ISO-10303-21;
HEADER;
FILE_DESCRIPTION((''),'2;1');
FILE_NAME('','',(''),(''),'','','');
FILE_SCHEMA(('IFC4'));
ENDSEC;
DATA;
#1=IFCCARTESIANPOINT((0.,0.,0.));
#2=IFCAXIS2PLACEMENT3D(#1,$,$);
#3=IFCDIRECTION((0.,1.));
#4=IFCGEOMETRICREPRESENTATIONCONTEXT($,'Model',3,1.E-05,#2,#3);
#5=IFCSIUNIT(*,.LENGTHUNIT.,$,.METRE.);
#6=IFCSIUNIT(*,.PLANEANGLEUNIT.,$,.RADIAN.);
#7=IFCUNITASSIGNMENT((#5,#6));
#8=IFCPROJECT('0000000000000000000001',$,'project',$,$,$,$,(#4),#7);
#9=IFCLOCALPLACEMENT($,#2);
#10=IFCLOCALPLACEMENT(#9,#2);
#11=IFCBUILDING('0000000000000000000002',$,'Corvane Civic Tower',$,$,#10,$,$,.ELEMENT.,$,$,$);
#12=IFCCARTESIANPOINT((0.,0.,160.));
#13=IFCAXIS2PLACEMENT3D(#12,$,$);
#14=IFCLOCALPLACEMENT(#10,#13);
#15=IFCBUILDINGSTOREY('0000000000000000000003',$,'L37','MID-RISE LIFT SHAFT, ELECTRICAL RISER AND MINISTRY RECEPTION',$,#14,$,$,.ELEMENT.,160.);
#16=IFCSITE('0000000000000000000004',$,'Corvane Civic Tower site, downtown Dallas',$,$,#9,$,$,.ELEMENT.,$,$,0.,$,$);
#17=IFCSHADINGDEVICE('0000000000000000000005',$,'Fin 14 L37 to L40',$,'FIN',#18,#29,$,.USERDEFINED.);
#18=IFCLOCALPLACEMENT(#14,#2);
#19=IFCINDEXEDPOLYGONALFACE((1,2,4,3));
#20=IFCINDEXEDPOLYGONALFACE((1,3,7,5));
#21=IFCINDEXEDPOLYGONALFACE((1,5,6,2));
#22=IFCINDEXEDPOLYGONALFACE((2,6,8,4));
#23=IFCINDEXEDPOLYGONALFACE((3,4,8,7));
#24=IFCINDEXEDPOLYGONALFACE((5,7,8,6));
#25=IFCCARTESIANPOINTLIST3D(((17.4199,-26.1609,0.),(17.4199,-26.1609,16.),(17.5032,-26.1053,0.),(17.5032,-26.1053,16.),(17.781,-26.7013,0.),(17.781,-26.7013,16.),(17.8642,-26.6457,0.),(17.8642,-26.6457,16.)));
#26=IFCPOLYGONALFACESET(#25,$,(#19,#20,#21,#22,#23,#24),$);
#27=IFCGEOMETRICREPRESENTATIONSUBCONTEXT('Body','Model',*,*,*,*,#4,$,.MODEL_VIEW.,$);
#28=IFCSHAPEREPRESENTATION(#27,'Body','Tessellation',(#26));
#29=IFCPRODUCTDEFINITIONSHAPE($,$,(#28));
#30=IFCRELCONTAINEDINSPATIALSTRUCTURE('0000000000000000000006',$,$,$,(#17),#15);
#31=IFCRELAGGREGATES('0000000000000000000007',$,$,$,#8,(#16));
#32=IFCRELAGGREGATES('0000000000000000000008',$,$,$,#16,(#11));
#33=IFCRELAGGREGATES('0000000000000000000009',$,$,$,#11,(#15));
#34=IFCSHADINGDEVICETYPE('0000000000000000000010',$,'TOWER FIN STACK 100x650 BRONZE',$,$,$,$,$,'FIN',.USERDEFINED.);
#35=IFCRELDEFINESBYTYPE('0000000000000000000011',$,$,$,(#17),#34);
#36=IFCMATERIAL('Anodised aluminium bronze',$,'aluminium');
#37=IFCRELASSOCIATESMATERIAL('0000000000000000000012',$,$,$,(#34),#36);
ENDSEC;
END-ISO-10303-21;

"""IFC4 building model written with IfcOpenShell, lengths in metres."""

from ifc_helpers import new_model, si_unit, direction, frame, origin, origin_2d, place, context, subcontext, project, spatial, rectangle, extrude, material, material_profile, profile_set, type_object, element, save


model = new_model("IFC4")

# Units and contexts
model_context = context("Model", 3, precision=1e-05, world=origin(), true_north=direction((0.0, 1.0)))
body_context = subcontext(model_context, "Body", "Model", "MODEL_VIEW")
ifc_project = project(units=[si_unit("LENGTHUNIT", "METRE"), si_unit("PLANEANGLEUNIT", "RADIAN")], contexts=[model_context])

# Site, building, storey
site_placement = place(None, origin())
site = spatial("IfcSite", under=ifc_project, at=site_placement, Name="Corvane Civic Tower site, downtown Dallas", CompositionType="ELEMENT", RefElevation=0.0)
building_placement = place(site_placement, origin())
building = spatial("IfcBuilding", under=site, at=building_placement, Name="Corvane Civic Tower", CompositionType="ELEMENT")
storey_placement = place(building_placement, frame((0.0, 0.0, 160.0)))
storey = spatial("IfcBuildingStorey", under=building, at=storey_placement, Name="L37", Description="MID-RISE LIFT SHAFT, ELECTRICAL RISER AND MINISTRY RECEPTION", CompositionType="ELEMENT", Elevation=160.0)

# Shading device
ifc_material_1 = material(Name="Anodised aluminium bronze", Category="aluminium")
ifc_material_profile_1 = material_profile(ifc_material_1, rectangle(XDim=0.1001, YDim=0.6499, at=origin_2d()), Name="TOWER FIN STACK 100x650 BRONZE")
ifc_profile_set_1 = profile_set([ifc_material_profile_1], Name="Anodised aluminium bronze")
shading_device_type = type_object("IfcShadingDeviceType", Name="TOWER FIN STACK 100x650 BRONZE", ElementType="FIN", PredefinedType="USERDEFINED", material=ifc_profile_set_1)
for number, where, z_axis, x_axis, name in (
    (1, (17.6421, -26.4033, 0.0), (0.0, 0.0, 1.0), (-0.83147, -0.55557, 0.0), "Fin 14 L37 to L40"),
):
    element("IfcShadingDevice", number, at=place(storey_placement, frame(where, z_axis=z_axis, x_axis=x_axis)), inside=storey, type_object=shading_device_type, Name=name, ObjectType="FIN", PredefinedType="USERDEFINED", context=body_context, shape_type="SweptSolid", body=[
        extrude(rectangle(XDim=0.1001, YDim=0.6499, at=origin_2d()), origin(), (0.0, 0.0, 1.0), 16.0),
    ])

save(model, "model.ifc")
